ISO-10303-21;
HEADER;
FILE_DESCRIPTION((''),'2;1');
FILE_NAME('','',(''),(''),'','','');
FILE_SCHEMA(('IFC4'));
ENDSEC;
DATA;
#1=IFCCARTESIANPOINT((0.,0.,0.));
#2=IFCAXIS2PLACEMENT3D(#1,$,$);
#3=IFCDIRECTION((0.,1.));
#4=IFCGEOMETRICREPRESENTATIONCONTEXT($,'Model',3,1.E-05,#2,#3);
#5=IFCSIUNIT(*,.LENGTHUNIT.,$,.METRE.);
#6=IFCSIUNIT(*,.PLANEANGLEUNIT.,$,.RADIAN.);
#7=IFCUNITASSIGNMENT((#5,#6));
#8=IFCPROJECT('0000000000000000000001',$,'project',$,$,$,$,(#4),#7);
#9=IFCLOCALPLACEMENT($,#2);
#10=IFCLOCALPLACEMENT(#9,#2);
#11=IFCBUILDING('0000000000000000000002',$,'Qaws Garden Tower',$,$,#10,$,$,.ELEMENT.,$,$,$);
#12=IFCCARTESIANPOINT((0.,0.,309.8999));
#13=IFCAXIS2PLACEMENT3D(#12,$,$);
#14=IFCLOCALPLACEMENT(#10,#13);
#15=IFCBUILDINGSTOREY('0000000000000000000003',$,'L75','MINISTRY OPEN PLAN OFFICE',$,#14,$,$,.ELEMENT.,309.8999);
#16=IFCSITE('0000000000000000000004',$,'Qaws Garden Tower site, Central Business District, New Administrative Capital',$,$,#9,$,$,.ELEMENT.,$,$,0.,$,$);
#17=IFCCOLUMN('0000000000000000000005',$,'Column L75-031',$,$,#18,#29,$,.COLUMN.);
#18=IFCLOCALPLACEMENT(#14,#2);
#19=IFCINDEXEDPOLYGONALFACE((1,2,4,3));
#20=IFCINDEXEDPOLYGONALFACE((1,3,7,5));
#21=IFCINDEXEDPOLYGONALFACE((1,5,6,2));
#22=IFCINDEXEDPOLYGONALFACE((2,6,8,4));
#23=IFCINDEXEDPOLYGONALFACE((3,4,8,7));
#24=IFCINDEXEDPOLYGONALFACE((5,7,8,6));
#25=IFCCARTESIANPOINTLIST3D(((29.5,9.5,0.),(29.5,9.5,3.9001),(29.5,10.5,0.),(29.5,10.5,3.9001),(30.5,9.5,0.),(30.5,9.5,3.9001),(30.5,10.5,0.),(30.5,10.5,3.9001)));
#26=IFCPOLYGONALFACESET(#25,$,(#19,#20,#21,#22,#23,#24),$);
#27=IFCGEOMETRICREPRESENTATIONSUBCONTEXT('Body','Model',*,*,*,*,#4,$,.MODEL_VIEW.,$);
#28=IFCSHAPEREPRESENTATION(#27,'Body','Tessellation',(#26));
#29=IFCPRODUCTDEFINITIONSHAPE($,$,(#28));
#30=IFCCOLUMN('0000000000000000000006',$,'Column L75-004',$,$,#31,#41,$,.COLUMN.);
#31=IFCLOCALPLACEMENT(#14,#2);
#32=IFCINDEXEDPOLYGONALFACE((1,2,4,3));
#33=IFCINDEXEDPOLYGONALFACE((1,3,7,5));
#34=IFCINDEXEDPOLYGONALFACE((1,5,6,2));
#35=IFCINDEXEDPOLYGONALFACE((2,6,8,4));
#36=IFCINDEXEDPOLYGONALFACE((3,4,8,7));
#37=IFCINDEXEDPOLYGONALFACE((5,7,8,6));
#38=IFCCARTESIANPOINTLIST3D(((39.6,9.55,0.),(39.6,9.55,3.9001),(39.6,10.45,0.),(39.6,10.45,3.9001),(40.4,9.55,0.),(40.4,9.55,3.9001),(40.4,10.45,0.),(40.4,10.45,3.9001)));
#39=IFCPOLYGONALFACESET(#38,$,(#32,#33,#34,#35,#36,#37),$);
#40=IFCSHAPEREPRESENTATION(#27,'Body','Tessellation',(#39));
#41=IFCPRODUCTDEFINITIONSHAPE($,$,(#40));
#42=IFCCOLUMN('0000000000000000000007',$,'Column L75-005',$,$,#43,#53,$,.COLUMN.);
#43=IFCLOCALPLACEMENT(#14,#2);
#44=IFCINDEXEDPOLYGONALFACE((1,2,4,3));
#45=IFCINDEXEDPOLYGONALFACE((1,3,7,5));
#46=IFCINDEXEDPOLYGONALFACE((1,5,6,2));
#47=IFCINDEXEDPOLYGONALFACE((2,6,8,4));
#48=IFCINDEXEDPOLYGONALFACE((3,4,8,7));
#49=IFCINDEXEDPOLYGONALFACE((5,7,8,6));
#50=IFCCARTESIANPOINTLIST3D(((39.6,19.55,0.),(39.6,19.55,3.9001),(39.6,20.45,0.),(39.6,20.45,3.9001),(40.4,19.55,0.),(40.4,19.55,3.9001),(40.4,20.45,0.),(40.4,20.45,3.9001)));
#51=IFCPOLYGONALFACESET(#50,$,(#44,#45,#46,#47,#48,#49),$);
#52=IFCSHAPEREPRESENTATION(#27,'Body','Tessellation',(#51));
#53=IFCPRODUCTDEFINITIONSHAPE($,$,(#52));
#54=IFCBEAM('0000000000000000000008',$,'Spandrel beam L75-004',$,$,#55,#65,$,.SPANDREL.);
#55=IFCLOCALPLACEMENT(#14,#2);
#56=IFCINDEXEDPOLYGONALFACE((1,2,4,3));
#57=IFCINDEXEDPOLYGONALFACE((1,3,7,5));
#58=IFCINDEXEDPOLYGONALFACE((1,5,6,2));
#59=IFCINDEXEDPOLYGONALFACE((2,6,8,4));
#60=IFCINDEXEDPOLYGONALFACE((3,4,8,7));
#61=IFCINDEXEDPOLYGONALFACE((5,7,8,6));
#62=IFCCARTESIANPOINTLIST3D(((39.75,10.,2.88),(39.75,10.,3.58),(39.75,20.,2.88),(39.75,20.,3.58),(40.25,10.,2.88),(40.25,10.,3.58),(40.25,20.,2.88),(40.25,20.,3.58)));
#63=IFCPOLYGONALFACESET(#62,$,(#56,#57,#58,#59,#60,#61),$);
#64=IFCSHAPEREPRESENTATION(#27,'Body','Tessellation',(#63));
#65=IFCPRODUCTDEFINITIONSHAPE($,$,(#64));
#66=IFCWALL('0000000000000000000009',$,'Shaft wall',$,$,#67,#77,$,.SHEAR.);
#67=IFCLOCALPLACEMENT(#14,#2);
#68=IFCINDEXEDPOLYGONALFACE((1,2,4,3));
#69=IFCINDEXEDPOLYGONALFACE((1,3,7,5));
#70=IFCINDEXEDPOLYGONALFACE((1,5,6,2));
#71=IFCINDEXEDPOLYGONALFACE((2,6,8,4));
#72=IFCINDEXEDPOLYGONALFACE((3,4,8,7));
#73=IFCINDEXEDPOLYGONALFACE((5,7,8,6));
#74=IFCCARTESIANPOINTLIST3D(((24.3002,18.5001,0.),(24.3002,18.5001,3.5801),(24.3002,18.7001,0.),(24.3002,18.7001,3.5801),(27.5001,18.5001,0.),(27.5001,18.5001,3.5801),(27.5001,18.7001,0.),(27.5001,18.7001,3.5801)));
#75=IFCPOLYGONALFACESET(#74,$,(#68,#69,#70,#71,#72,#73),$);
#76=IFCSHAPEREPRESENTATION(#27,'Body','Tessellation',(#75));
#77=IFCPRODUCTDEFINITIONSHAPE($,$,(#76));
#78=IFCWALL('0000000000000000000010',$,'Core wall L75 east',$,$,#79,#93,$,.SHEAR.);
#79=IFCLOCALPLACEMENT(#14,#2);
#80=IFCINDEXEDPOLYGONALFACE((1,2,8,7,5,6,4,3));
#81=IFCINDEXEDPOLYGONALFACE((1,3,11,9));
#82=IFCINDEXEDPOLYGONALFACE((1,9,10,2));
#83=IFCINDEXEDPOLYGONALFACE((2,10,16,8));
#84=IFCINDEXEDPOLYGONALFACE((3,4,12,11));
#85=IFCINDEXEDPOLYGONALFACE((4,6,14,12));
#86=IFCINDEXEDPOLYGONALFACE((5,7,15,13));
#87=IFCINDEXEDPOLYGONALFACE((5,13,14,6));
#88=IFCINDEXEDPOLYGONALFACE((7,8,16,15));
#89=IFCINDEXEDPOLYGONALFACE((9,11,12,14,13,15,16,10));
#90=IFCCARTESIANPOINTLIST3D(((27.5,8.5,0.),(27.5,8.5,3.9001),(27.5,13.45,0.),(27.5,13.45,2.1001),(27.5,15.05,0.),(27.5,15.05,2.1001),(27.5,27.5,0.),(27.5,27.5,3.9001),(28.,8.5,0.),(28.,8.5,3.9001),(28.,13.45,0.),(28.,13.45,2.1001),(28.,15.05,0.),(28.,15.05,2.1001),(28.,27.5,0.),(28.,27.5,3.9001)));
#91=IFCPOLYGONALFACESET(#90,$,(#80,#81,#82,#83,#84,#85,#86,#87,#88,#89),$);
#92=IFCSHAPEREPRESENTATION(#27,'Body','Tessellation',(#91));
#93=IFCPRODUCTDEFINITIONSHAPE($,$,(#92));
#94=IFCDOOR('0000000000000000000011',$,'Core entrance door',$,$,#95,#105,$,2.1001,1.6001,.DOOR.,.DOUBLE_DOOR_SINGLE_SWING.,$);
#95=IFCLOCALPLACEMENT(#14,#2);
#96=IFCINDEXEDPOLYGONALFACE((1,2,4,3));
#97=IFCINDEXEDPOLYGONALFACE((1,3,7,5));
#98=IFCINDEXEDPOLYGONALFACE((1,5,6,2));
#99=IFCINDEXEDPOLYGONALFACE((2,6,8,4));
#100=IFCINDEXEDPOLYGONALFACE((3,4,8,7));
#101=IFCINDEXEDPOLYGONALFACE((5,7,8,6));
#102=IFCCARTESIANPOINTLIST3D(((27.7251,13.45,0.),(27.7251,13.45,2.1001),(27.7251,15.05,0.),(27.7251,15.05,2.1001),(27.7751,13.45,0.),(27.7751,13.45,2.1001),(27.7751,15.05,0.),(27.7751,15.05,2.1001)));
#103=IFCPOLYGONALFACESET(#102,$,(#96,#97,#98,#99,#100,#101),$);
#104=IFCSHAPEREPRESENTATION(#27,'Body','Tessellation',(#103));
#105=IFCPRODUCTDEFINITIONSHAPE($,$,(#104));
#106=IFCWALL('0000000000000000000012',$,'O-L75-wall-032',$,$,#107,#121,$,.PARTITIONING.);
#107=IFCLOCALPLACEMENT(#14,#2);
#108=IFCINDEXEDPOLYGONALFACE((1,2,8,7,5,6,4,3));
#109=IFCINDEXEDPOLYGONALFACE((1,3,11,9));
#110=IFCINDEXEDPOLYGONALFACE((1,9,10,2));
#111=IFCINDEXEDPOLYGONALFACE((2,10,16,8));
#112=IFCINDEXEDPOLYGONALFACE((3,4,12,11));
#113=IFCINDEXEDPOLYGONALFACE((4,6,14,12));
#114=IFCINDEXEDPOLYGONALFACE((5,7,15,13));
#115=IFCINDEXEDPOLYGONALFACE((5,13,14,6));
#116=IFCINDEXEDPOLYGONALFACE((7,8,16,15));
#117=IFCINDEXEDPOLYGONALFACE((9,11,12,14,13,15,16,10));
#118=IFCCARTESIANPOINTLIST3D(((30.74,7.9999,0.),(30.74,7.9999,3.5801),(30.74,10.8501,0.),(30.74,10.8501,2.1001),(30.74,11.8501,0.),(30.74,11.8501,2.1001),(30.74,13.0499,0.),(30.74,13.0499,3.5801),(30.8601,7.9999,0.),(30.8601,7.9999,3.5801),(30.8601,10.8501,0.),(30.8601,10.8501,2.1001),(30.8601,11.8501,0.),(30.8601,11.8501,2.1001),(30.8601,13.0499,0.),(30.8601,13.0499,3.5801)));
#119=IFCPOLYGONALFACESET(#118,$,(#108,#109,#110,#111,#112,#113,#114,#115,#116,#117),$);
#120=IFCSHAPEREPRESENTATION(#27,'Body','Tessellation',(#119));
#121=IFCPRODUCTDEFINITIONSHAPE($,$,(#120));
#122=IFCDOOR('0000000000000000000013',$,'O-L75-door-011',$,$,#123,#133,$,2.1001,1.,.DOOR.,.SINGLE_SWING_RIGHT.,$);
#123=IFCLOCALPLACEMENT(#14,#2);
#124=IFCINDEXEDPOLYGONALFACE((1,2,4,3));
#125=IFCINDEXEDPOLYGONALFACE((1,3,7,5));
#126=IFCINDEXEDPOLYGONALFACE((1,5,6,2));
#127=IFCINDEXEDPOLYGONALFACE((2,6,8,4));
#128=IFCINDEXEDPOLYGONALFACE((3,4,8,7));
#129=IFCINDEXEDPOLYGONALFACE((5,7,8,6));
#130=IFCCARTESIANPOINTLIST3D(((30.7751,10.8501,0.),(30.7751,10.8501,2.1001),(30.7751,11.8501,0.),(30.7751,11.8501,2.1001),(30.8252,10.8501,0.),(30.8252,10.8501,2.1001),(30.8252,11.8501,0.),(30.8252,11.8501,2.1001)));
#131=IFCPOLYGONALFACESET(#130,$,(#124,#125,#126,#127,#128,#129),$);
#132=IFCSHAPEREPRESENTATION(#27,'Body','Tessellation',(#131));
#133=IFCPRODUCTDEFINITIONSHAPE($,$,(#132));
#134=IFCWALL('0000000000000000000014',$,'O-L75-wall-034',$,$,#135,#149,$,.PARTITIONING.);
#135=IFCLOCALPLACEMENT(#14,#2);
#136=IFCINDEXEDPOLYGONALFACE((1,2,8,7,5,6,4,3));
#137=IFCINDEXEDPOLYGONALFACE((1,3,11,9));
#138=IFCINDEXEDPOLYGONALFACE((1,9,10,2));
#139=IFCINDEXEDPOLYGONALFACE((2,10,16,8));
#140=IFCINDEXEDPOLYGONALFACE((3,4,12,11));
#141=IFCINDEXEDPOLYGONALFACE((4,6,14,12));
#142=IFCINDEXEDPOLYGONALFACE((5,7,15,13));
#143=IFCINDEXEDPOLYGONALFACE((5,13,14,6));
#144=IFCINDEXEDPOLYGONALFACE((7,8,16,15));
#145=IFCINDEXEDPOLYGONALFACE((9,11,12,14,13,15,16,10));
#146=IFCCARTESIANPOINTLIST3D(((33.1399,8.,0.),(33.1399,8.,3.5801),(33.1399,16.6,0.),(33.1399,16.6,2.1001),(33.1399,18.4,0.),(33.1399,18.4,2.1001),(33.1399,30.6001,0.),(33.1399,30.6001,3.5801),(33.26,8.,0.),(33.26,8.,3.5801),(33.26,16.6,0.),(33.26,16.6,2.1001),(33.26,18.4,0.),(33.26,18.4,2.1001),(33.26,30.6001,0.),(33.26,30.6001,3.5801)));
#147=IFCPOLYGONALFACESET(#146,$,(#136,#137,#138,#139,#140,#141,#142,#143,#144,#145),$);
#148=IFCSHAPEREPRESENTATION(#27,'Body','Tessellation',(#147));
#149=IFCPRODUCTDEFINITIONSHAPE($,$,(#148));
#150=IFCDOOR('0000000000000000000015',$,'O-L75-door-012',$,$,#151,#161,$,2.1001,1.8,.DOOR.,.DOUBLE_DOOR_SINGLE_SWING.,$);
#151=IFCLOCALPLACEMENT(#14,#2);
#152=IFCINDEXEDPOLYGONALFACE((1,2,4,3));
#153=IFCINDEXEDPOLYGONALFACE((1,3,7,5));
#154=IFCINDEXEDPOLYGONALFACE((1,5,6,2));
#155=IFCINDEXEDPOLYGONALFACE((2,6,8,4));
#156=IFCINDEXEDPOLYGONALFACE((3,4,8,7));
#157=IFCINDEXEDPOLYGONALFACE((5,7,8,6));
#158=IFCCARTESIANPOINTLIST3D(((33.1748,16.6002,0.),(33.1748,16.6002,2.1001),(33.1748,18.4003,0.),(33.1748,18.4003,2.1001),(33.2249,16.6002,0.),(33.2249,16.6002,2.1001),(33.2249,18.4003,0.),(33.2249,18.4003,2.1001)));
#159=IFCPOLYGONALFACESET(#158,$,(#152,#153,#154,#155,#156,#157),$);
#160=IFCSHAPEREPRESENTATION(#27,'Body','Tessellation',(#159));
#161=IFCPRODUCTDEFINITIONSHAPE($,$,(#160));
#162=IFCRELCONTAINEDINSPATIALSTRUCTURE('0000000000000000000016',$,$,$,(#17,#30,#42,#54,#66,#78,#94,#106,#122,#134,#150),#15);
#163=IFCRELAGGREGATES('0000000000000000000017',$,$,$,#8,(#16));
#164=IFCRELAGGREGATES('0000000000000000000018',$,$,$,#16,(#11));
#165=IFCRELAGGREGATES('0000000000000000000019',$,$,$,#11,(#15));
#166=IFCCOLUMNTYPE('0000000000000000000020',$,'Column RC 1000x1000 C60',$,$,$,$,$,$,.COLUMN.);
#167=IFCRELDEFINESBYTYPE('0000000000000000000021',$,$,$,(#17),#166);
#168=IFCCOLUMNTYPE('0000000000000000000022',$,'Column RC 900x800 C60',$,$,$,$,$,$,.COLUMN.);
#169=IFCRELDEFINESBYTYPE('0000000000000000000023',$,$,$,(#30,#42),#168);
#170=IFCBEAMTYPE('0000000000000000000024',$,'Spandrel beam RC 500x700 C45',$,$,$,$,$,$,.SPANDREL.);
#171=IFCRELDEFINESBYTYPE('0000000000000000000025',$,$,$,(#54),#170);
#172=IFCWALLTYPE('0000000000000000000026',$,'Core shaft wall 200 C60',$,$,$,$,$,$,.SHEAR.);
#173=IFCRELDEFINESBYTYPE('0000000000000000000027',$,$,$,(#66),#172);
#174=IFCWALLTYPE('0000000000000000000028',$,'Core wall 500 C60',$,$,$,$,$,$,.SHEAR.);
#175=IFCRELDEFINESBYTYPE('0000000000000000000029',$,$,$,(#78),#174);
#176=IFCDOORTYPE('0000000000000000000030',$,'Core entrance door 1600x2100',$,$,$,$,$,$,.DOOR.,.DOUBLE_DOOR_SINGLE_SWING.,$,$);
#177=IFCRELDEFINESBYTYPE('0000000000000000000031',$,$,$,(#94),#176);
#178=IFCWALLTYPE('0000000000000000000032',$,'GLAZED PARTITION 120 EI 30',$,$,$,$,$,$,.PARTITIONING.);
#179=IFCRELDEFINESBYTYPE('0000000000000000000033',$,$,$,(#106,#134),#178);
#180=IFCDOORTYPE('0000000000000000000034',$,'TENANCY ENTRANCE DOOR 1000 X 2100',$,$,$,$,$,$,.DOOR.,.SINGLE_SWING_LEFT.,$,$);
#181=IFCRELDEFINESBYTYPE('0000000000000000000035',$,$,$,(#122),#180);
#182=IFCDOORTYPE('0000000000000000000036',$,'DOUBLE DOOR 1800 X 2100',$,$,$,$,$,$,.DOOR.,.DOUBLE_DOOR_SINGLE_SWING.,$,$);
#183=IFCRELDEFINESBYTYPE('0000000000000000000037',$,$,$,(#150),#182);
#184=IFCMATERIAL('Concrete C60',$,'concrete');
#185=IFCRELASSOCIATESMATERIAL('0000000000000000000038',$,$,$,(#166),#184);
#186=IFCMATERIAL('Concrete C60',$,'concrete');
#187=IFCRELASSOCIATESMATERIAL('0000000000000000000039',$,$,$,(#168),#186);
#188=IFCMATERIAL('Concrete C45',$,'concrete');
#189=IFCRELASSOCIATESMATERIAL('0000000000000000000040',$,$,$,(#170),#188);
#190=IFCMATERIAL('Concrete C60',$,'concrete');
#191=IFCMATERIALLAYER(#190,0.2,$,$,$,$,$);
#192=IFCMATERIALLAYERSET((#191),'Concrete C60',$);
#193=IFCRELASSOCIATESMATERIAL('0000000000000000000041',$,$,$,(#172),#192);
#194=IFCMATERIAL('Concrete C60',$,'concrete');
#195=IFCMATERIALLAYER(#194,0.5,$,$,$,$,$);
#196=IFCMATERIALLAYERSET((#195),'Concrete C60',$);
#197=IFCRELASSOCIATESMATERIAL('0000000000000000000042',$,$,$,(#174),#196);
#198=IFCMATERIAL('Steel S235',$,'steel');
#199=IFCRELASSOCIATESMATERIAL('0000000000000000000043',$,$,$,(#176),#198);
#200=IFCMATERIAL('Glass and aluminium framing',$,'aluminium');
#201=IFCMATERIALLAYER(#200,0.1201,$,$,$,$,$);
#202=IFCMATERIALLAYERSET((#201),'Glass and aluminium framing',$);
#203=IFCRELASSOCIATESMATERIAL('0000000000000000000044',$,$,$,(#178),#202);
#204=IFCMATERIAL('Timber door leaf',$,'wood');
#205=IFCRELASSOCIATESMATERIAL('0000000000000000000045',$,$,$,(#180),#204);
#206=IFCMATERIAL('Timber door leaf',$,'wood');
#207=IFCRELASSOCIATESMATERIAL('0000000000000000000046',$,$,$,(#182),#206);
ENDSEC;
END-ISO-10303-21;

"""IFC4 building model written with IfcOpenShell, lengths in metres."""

from ifc_helpers import new_model, si_unit, direction, frame, frame_2d, origin, origin_2d, place, context, subcontext, project, spatial, rectangle, extrude, material, layer, layer_set, material_profile, profile_set, type_object, element, fill, save


model = new_model("IFC4")

# Units and contexts
model_context = context("Model", 3, precision=1e-05, world=origin(), true_north=direction((0.0, 1.0)))
body_context = subcontext(model_context, "Body", "Model", "MODEL_VIEW")
ifc_project = project(units=[si_unit("LENGTHUNIT", "METRE"), si_unit("PLANEANGLEUNIT", "RADIAN")], contexts=[model_context])

# Site, building, storey
site_placement = place(None, origin())
site = spatial("IfcSite", under=ifc_project, at=site_placement, Name="Qaws Garden Tower site, Central Business District, New Administrative Capital", CompositionType="ELEMENT", RefElevation=0.0)
building_placement = place(site_placement, origin())
building = spatial("IfcBuilding", under=site, at=building_placement, Name="Qaws Garden Tower", CompositionType="ELEMENT")
storey_placement = place(building_placement, frame((0.0, 0.0, 309.8999)))
storey = spatial("IfcBuildingStorey", under=building, at=storey_placement, Name="L75", Description="MINISTRY OPEN PLAN OFFICE", CompositionType="ELEMENT", Elevation=309.8999)

# Columns
ifc_material_1 = material(Name="Concrete C60", Category="concrete")
ifc_material_profile_1 = material_profile(ifc_material_1, rectangle(XDim=1.0, YDim=1.0, at=origin_2d()), Name="RC 1000x1000")
ifc_profile_set_1 = profile_set([ifc_material_profile_1], Name="Concrete C60")
column_type_1 = type_object("IfcColumnType", Name="Column RC 1000x1000 C60", PredefinedType="COLUMN", material=ifc_profile_set_1)
column_placement = place(storey_placement, frame((30.0, 10.0, 0.0), z_axis=(0.0, 0.0, 1.0), x_axis=(1.0, 0.0, 0.0)))
element("IfcColumn", 1, at=column_placement, inside=storey, type_object=column_type_1, Name="Column L75-031", PredefinedType="COLUMN", context=body_context, shape_type="SweptSolid", body=[
    extrude(rectangle(XDim=1.0, YDim=1.0, at=origin_2d()), origin(), (0.0, 0.0, 1.0), 3.9001),
])
ifc_material_2 = material(Name="Concrete C60", Category="concrete")
ifc_material_profile_2 = material_profile(ifc_material_2, rectangle(XDim=0.8999, YDim=0.8, at=origin_2d()), Name="RC 900x800")
ifc_profile_set_2 = profile_set([ifc_material_profile_2], Name="Concrete C60")
column_type_2 = type_object("IfcColumnType", Name="Column RC 900x800 C60", PredefinedType="COLUMN", material=ifc_profile_set_2)
for number, where, z_axis, x_axis, name in (
    (2, (40.0, 10.0, 0.0), (0.0, 0.0, 1.0), (0.0, 1.0, 0.0), "Column L75-004"),
    (3, (40.0, 20.0, 0.0), (0.0, 0.0, 1.0), (0.0, 1.0, 0.0), "Column L75-005"),
):
    element("IfcColumn", number, at=place(storey_placement, frame(where, z_axis=z_axis, x_axis=x_axis)), inside=storey, type_object=column_type_2, Name=name, PredefinedType="COLUMN", context=body_context, shape_type="SweptSolid", body=[
        extrude(rectangle(XDim=0.8999, YDim=0.8, at=origin_2d()), origin(), (0.0, 0.0, 1.0), 3.9001),
    ])

# Beam
ifc_material_3 = material(Name="Concrete C45", Category="concrete")
ifc_material_profile_3 = material_profile(ifc_material_3, rectangle(XDim=0.5, YDim=0.7, at=origin_2d()), Name="RC 500x700")
ifc_profile_set_3 = profile_set([ifc_material_profile_3], Name="Concrete C45")
beam_type = type_object("IfcBeamType", Name="Spandrel beam RC 500x700 C45", PredefinedType="SPANDREL", material=ifc_profile_set_3)
beam_placement = place(storey_placement, frame((40.0, 10.0, 3.23), z_axis=(0.0, 1.0, 0.0), x_axis=(-1.0, 0.0, 0.0)))
element("IfcBeam", 4, at=beam_placement, inside=storey, type_object=beam_type, Name="Spandrel beam L75-004", PredefinedType="SPANDREL", context=body_context, shape_type="SweptSolid", body=[
    extrude(rectangle(XDim=0.5, YDim=0.7, at=origin_2d()), origin(), (0.0, 0.0, 1.0), 10.0),
])

# Wall
ifc_material_4 = material(Name="Concrete C60", Category="concrete")
ifc_layer_1 = layer(ifc_material_4, 0.2)
ifc_layer_set_1 = layer_set([ifc_layer_1], Name="Concrete C60")
wall_type_1 = type_object("IfcWallType", Name="Core shaft wall 200 C60", PredefinedType="SHEAR", material=ifc_layer_set_1)
wall_1_placement = place(storey_placement, frame((24.3, 18.6001, 0.0), z_axis=(0.0, 0.0, 1.0), x_axis=(1.0, 0.0, 0.0)))
element("IfcWall", 5, at=wall_1_placement, inside=storey, type_object=wall_type_1, Name="Shaft wall", PredefinedType="SHEAR", context=body_context, shape_type="SweptSolid", body=[
    extrude(rectangle(XDim=3.2, YDim=0.2, at=frame_2d((1.6001, 0.0))), origin(), (0.0, 0.0, 1.0), 3.5801),
])

# Walls, openings, doors
ifc_material_5 = material(Name="Concrete C60", Category="concrete")
ifc_layer_2 = layer(ifc_material_5, 0.5)
ifc_layer_set_2 = layer_set([ifc_layer_2], Name="Concrete C60")
wall_type_2 = type_object("IfcWallType", Name="Core wall 500 C60", PredefinedType="SHEAR", material=ifc_layer_set_2)
wall_2_placement = place(storey_placement, frame((27.75, 8.5, 0.0), z_axis=(0.0, 0.0, 1.0), x_axis=(0.0, 1.0, 0.0)))
wall_2 = element("IfcWall", 6, at=wall_2_placement, inside=storey, type_object=wall_type_2, Name="Core wall L75 east", PredefinedType="SHEAR", context=body_context, shape_type="SweptSolid", body=[
    extrude(rectangle(XDim=19.0, YDim=0.5, at=frame_2d((9.5, 0.0))), origin(), (0.0, 0.0, 1.0), 3.9001),
])
opening_1_placement = place(wall_2_placement, frame((4.95, 0.0, 0.0)))
opening_1 = element("IfcOpeningElement", 7, at=opening_1_placement, cuts=wall_2, PredefinedType="OPENING", context=body_context, shape_type="SweptSolid", body=[
    extrude(rectangle(XDim=1.6001, YDim=2.1001, at=frame_2d((0.8, 1.05))), frame((0.0, 0.26, 0.0), z_axis=(0.0, -1.0, 0.0), x_axis=(1.0, 0.0, 0.0)), (0.0, 0.0, 1.0), 0.52),
])
ifc_material_6 = material(Name="Steel S235", Category="steel")
door_type_1 = type_object("IfcDoorType", Name="Core entrance door 1600x2100", OperationType="DOUBLE_DOOR_SINGLE_SWING", PredefinedType="DOOR", material=ifc_material_6)
door_1_placement = place(opening_1_placement, origin())
door_1 = element("IfcDoor", 8, at=door_1_placement, inside=storey, type_object=door_type_1, Name="Core entrance door", OperationType="DOUBLE_DOOR_SINGLE_SWING", OverallHeight=2.1001, OverallWidth=1.6001, PredefinedType="DOOR", context=body_context, shape_type="SweptSolid", body=[
    extrude(rectangle(XDim=1.6001, YDim=2.1001, at=frame_2d((0.8, 1.05))), frame((0.0, 0.0249, 0.0), z_axis=(0.0, -1.0, 0.0), x_axis=(1.0, 0.0, 0.0)), (0.0, 0.0, 1.0), 0.05),
])
fill(opening_1, door_1)
ifc_material_7 = material(Name="Glass and aluminium framing", Category="aluminium")
ifc_layer_3 = layer(ifc_material_7, 0.1201)
ifc_layer_set_3 = layer_set([ifc_layer_3], Name="Glass and aluminium framing")
wall_type_3 = type_object("IfcWallType", Name="GLAZED PARTITION 120 EI 30", PredefinedType="PARTITIONING", material=ifc_layer_set_3)
wall_3_placement = place(storey_placement, frame((30.8, 8.0, 0.0), z_axis=(0.0, 0.0, 1.0), x_axis=(0.0, 1.0, 0.0)))
wall_3 = element("IfcWall", 9, at=wall_3_placement, inside=storey, type_object=wall_type_3, Name="O-L75-wall-032", PredefinedType="PARTITIONING", context=body_context, shape_type="SweptSolid", body=[
    extrude(rectangle(XDim=5.05, YDim=0.1201, at=frame_2d((2.5249, 0.0))), origin(), (0.0, 0.0, 1.0), 3.5801),
])
opening_2_placement = place(wall_3_placement, frame((2.8501, 0.0, 0.0)))
opening_2 = element("IfcOpeningElement", 10, at=opening_2_placement, cuts=wall_3, PredefinedType="OPENING", context=body_context, shape_type="SweptSolid", body=[
    extrude(rectangle(XDim=1.0, YDim=2.1001, at=frame_2d((0.5, 1.05))), frame((0.0, 0.0701, 0.0), z_axis=(0.0, -1.0, 0.0), x_axis=(1.0, 0.0, 0.0)), (0.0, 0.0, 1.0), 0.1401),
])
ifc_material_8 = material(Name="Timber door leaf", Category="wood")
door_type_2 = type_object("IfcDoorType", Name="TENANCY ENTRANCE DOOR 1000 X 2100", OperationType="SINGLE_SWING_LEFT", PredefinedType="DOOR", material=ifc_material_8)
door_2_placement = place(opening_2_placement, origin())
door_2 = element("IfcDoor", 11, at=door_2_placement, inside=storey, type_object=door_type_2, Name="O-L75-door-011", OperationType="SINGLE_SWING_RIGHT", OverallHeight=2.1001, OverallWidth=1.0, PredefinedType="DOOR", context=body_context, shape_type="SweptSolid", body=[
    extrude(rectangle(XDim=1.0, YDim=2.1001, at=frame_2d((0.5, 1.05))), frame((0.0, 0.0249, 0.0), z_axis=(0.0, -1.0, 0.0), x_axis=(1.0, 0.0, 0.0)), (0.0, 0.0, 1.0), 0.05),
])
fill(opening_2, door_2)
wall_4_placement = place(storey_placement, frame((33.2, 8.0, 0.0), z_axis=(0.0, 0.0, 1.0), x_axis=(0.0, 1.0, 0.0)))
wall_4 = element("IfcWall", 12, at=wall_4_placement, inside=storey, type_object=wall_type_3, Name="O-L75-wall-034", PredefinedType="PARTITIONING", context=body_context, shape_type="SweptSolid", body=[
    extrude(rectangle(XDim=22.6001, YDim=0.1201, at=frame_2d((11.3, 0.0))), origin(), (0.0, 0.0, 1.0), 3.5801),
])
opening_3_placement = place(wall_4_placement, frame((8.6001, 0.0, 0.0)))
opening_3 = element("IfcOpeningElement", 13, at=opening_3_placement, cuts=wall_4, PredefinedType="OPENING", context=body_context, shape_type="SweptSolid", body=[
    extrude(rectangle(XDim=1.8, YDim=2.1001, at=frame_2d((0.8999, 1.05))), frame((0.0, 0.0701, 0.0), z_axis=(0.0, -1.0, 0.0), x_axis=(1.0, 0.0, 0.0)), (0.0, 0.0, 1.0), 0.1401),
])
ifc_material_9 = material(Name="Timber door leaf", Category="wood")
door_type_3 = type_object("IfcDoorType", Name="DOUBLE DOOR 1800 X 2100", OperationType="DOUBLE_DOOR_SINGLE_SWING", PredefinedType="DOOR", material=ifc_material_9)
door_3_placement = place(opening_3_placement, frame((1.8, 0.0, 0.0), z_axis=(0.0, 0.0, 1.0), x_axis=(-1.0, 0.0, 0.0)))
door_3 = element("IfcDoor", 14, at=door_3_placement, inside=storey, type_object=door_type_3, Name="O-L75-door-012", OperationType="DOUBLE_DOOR_SINGLE_SWING", OverallHeight=2.1001, OverallWidth=1.8, PredefinedType="DOOR", context=body_context, shape_type="SweptSolid", body=[
    extrude(rectangle(XDim=1.8, YDim=2.1001, at=frame_2d((0.8999, 1.05))), frame((0.0, 0.0249, 0.0), z_axis=(0.0, -1.0, 0.0), x_axis=(1.0, 0.0, 0.0)), (0.0, 0.0, 1.0), 0.05),
])
fill(opening_3, door_3)

save(model, "model.ifc")
